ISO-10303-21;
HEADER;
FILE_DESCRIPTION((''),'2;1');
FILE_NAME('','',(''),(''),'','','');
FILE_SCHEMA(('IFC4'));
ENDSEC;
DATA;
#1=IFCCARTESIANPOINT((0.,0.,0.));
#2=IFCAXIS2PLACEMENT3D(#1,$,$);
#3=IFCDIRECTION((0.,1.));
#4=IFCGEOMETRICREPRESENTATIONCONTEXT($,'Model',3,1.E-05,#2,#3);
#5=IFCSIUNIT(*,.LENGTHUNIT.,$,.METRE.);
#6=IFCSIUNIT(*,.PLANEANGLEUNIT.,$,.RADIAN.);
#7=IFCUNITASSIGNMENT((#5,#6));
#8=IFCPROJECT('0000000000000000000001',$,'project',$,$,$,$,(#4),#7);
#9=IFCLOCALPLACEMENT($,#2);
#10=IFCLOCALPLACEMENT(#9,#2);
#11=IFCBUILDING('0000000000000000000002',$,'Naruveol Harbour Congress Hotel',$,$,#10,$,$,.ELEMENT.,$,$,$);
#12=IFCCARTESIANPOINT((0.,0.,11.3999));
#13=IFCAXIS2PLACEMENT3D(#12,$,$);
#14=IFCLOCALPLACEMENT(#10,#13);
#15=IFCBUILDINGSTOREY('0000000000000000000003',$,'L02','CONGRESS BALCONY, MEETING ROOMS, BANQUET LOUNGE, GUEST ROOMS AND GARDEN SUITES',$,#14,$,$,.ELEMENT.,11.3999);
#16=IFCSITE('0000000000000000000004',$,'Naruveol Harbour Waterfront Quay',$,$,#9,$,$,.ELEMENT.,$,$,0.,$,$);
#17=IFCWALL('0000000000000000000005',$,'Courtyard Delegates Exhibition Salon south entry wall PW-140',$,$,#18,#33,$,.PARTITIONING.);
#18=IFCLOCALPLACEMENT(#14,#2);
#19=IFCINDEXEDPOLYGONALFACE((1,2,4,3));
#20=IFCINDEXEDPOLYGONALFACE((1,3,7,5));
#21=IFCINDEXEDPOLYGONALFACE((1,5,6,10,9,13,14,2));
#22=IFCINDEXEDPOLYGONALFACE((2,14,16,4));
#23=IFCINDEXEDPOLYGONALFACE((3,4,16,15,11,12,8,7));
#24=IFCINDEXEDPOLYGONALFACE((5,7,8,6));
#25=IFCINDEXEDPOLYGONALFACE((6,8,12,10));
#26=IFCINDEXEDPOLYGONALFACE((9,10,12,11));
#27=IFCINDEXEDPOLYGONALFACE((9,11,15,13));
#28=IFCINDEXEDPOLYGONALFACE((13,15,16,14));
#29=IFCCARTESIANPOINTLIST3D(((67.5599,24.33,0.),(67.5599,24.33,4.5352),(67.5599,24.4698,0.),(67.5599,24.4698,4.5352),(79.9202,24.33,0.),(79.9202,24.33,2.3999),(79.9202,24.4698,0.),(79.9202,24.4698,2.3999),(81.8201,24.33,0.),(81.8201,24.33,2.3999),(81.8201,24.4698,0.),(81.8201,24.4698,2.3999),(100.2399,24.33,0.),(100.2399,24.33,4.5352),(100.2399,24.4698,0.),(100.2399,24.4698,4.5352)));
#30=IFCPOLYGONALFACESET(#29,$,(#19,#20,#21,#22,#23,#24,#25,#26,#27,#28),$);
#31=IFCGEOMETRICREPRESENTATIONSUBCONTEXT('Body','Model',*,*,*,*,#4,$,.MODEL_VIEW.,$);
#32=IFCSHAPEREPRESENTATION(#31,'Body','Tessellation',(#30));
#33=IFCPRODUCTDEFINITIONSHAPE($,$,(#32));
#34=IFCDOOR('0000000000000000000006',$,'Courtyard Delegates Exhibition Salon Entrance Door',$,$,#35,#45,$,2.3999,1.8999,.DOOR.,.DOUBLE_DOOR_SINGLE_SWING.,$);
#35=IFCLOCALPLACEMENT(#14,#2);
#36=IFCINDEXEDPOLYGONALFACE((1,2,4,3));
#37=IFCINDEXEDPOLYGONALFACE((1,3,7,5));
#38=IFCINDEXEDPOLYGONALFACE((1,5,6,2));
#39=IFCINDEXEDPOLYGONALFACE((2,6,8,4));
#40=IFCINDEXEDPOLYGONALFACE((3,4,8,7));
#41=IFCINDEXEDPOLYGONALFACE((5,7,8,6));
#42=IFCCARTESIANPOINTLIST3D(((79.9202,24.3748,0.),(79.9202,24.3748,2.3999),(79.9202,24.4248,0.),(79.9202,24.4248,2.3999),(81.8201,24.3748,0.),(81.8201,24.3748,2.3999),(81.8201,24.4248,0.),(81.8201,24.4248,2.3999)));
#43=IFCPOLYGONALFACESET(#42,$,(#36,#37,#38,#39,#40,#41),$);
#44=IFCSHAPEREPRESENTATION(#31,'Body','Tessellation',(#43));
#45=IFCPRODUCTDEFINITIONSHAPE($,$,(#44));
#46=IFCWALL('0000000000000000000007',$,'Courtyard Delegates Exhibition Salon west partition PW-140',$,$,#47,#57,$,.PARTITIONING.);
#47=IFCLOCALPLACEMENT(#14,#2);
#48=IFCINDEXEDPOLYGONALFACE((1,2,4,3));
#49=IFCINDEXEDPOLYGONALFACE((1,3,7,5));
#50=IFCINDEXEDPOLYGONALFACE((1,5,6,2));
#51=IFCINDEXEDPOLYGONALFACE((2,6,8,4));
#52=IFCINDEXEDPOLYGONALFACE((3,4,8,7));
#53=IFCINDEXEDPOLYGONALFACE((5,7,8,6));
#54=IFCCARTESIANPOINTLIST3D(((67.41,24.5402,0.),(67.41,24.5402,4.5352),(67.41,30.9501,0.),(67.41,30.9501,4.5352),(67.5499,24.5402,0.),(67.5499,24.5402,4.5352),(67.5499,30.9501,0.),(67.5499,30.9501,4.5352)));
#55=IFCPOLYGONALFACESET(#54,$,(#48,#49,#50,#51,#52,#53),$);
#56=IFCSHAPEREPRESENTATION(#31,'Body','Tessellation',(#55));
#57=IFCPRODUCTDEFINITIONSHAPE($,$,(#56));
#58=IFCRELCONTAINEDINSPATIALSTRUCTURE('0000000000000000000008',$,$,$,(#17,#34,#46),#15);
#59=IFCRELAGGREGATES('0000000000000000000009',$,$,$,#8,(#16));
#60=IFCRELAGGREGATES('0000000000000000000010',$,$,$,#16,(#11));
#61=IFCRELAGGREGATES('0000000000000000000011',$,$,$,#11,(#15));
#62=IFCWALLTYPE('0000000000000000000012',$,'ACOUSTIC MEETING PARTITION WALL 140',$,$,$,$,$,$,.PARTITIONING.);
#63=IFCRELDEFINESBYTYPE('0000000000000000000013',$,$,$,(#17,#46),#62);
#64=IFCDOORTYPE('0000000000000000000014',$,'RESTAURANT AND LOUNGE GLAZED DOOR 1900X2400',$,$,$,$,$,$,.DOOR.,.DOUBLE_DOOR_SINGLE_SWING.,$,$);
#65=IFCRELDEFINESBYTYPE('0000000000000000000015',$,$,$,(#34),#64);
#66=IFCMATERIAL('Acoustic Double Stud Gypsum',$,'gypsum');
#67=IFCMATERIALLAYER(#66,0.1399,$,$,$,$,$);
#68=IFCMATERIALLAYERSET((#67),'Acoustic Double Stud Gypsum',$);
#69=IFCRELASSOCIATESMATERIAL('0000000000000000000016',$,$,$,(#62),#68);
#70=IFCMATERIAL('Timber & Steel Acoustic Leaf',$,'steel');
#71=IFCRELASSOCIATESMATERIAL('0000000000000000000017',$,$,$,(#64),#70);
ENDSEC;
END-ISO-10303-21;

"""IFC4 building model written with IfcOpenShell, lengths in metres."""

from ifc_helpers import new_model, si_unit, direction, frame, frame_2d, origin, place, context, subcontext, project, spatial, rectangle, extrude, material, layer, layer_set, type_object, element, fill, save


model = new_model("IFC4")

# Units and contexts
model_context = context("Model", 3, precision=1e-05, world=origin(), true_north=direction((0.0, 1.0)))
body_context = subcontext(model_context, "Body", "Model", "MODEL_VIEW")
ifc_project = project(units=[si_unit("LENGTHUNIT", "METRE"), si_unit("PLANEANGLEUNIT", "RADIAN")], contexts=[model_context])

# Site, building, storey
site_placement = place(None, origin())
site = spatial("IfcSite", under=ifc_project, at=site_placement, Name="Naruveol Harbour Waterfront Quay", CompositionType="ELEMENT", RefElevation=0.0)
building_placement = place(site_placement, origin())
building = spatial("IfcBuilding", under=site, at=building_placement, Name="Naruveol Harbour Congress Hotel", CompositionType="ELEMENT")
storey_placement = place(building_placement, frame((0.0, 0.0, 11.3999)))
storey = spatial("IfcBuildingStorey", under=building, at=storey_placement, Name="L02", Description="CONGRESS BALCONY, MEETING ROOMS, BANQUET LOUNGE, GUEST ROOMS AND GARDEN SUITES", CompositionType="ELEMENT", Elevation=11.3999)

# Wall, opening, door
ifc_material_1 = material(Name="Acoustic Double Stud Gypsum", Category="gypsum")
ifc_layer_1 = layer(ifc_material_1, 0.1399)
ifc_layer_set_1 = layer_set([ifc_layer_1], Name="Acoustic Double Stud Gypsum")
wall_type = type_object("IfcWallType", Name="ACOUSTIC MEETING PARTITION WALL 140", PredefinedType="PARTITIONING", material=ifc_layer_set_1)
wall_1_placement = place(storey_placement, frame((67.5601, 24.3999, 0.0), z_axis=(0.0, 0.0, 1.0), x_axis=(1.0, 0.0, 0.0)))
wall_1 = element("IfcWall", 1, at=wall_1_placement, inside=storey, type_object=wall_type, Name="Courtyard Delegates Exhibition Salon south entry wall PW-140", PredefinedType="PARTITIONING", context=body_context, shape_type="SweptSolid", body=[
    extrude(rectangle(XDim=32.6799, YDim=0.1399, at=frame_2d((16.3398, 0.0))), origin(), (0.0, 0.0, 1.0), 4.5352),
])
opening_placement = place(wall_1_placement, frame((12.3601, 0.0, 0.0)))
opening = element("IfcOpeningElement", 2, at=opening_placement, cuts=wall_1, PredefinedType="OPENING", context=body_context, shape_type="SweptSolid", body=[
    extrude(rectangle(XDim=1.8999, YDim=2.3999, at=frame_2d((0.95, 1.2))), frame((0.0, 0.0798, 0.0), z_axis=(0.0, -1.0, 0.0), x_axis=(1.0, 0.0, 0.0)), (0.0, 0.0, 1.0), 0.1599),
])
ifc_material_2 = material(Name="Timber & Steel Acoustic Leaf", Category="steel")
door_type = type_object("IfcDoorType", Name="RESTAURANT AND LOUNGE GLAZED DOOR 1900X2400", OperationType="DOUBLE_DOOR_SINGLE_SWING", PredefinedType="DOOR", material=ifc_material_2)
door_placement = place(opening_placement, origin())
door = element("IfcDoor", 3, at=door_placement, inside=storey, type_object=door_type, Name="Courtyard Delegates Exhibition Salon Entrance Door", OperationType="DOUBLE_DOOR_SINGLE_SWING", OverallHeight=2.3999, OverallWidth=1.8999, PredefinedType="DOOR", context=body_context, shape_type="SweptSolid", body=[
    extrude(rectangle(XDim=1.8999, YDim=2.3999, at=frame_2d((0.95, 1.2))), frame((0.0, 0.0249, 0.0), z_axis=(0.0, -1.0, 0.0), x_axis=(1.0, 0.0, 0.0)), (0.0, 0.0, 1.0), 0.05),
])
fill(opening, door)

# Wall
wall_2_placement = place(storey_placement, frame((67.48, 24.54, 0.0), z_axis=(0.0, 0.0, 1.0), x_axis=(0.0, 1.0, 0.0)))
element("IfcWall", 4, at=wall_2_placement, inside=storey, type_object=wall_type, Name="Courtyard Delegates Exhibition Salon west partition PW-140", PredefinedType="PARTITIONING", context=body_context, shape_type="SweptSolid", body=[
    extrude(rectangle(XDim=6.4099, YDim=0.1399, at=frame_2d((3.2051, 0.0))), origin(), (0.0, 0.0, 1.0), 4.5352),
])

save(model, "model.ifc")
